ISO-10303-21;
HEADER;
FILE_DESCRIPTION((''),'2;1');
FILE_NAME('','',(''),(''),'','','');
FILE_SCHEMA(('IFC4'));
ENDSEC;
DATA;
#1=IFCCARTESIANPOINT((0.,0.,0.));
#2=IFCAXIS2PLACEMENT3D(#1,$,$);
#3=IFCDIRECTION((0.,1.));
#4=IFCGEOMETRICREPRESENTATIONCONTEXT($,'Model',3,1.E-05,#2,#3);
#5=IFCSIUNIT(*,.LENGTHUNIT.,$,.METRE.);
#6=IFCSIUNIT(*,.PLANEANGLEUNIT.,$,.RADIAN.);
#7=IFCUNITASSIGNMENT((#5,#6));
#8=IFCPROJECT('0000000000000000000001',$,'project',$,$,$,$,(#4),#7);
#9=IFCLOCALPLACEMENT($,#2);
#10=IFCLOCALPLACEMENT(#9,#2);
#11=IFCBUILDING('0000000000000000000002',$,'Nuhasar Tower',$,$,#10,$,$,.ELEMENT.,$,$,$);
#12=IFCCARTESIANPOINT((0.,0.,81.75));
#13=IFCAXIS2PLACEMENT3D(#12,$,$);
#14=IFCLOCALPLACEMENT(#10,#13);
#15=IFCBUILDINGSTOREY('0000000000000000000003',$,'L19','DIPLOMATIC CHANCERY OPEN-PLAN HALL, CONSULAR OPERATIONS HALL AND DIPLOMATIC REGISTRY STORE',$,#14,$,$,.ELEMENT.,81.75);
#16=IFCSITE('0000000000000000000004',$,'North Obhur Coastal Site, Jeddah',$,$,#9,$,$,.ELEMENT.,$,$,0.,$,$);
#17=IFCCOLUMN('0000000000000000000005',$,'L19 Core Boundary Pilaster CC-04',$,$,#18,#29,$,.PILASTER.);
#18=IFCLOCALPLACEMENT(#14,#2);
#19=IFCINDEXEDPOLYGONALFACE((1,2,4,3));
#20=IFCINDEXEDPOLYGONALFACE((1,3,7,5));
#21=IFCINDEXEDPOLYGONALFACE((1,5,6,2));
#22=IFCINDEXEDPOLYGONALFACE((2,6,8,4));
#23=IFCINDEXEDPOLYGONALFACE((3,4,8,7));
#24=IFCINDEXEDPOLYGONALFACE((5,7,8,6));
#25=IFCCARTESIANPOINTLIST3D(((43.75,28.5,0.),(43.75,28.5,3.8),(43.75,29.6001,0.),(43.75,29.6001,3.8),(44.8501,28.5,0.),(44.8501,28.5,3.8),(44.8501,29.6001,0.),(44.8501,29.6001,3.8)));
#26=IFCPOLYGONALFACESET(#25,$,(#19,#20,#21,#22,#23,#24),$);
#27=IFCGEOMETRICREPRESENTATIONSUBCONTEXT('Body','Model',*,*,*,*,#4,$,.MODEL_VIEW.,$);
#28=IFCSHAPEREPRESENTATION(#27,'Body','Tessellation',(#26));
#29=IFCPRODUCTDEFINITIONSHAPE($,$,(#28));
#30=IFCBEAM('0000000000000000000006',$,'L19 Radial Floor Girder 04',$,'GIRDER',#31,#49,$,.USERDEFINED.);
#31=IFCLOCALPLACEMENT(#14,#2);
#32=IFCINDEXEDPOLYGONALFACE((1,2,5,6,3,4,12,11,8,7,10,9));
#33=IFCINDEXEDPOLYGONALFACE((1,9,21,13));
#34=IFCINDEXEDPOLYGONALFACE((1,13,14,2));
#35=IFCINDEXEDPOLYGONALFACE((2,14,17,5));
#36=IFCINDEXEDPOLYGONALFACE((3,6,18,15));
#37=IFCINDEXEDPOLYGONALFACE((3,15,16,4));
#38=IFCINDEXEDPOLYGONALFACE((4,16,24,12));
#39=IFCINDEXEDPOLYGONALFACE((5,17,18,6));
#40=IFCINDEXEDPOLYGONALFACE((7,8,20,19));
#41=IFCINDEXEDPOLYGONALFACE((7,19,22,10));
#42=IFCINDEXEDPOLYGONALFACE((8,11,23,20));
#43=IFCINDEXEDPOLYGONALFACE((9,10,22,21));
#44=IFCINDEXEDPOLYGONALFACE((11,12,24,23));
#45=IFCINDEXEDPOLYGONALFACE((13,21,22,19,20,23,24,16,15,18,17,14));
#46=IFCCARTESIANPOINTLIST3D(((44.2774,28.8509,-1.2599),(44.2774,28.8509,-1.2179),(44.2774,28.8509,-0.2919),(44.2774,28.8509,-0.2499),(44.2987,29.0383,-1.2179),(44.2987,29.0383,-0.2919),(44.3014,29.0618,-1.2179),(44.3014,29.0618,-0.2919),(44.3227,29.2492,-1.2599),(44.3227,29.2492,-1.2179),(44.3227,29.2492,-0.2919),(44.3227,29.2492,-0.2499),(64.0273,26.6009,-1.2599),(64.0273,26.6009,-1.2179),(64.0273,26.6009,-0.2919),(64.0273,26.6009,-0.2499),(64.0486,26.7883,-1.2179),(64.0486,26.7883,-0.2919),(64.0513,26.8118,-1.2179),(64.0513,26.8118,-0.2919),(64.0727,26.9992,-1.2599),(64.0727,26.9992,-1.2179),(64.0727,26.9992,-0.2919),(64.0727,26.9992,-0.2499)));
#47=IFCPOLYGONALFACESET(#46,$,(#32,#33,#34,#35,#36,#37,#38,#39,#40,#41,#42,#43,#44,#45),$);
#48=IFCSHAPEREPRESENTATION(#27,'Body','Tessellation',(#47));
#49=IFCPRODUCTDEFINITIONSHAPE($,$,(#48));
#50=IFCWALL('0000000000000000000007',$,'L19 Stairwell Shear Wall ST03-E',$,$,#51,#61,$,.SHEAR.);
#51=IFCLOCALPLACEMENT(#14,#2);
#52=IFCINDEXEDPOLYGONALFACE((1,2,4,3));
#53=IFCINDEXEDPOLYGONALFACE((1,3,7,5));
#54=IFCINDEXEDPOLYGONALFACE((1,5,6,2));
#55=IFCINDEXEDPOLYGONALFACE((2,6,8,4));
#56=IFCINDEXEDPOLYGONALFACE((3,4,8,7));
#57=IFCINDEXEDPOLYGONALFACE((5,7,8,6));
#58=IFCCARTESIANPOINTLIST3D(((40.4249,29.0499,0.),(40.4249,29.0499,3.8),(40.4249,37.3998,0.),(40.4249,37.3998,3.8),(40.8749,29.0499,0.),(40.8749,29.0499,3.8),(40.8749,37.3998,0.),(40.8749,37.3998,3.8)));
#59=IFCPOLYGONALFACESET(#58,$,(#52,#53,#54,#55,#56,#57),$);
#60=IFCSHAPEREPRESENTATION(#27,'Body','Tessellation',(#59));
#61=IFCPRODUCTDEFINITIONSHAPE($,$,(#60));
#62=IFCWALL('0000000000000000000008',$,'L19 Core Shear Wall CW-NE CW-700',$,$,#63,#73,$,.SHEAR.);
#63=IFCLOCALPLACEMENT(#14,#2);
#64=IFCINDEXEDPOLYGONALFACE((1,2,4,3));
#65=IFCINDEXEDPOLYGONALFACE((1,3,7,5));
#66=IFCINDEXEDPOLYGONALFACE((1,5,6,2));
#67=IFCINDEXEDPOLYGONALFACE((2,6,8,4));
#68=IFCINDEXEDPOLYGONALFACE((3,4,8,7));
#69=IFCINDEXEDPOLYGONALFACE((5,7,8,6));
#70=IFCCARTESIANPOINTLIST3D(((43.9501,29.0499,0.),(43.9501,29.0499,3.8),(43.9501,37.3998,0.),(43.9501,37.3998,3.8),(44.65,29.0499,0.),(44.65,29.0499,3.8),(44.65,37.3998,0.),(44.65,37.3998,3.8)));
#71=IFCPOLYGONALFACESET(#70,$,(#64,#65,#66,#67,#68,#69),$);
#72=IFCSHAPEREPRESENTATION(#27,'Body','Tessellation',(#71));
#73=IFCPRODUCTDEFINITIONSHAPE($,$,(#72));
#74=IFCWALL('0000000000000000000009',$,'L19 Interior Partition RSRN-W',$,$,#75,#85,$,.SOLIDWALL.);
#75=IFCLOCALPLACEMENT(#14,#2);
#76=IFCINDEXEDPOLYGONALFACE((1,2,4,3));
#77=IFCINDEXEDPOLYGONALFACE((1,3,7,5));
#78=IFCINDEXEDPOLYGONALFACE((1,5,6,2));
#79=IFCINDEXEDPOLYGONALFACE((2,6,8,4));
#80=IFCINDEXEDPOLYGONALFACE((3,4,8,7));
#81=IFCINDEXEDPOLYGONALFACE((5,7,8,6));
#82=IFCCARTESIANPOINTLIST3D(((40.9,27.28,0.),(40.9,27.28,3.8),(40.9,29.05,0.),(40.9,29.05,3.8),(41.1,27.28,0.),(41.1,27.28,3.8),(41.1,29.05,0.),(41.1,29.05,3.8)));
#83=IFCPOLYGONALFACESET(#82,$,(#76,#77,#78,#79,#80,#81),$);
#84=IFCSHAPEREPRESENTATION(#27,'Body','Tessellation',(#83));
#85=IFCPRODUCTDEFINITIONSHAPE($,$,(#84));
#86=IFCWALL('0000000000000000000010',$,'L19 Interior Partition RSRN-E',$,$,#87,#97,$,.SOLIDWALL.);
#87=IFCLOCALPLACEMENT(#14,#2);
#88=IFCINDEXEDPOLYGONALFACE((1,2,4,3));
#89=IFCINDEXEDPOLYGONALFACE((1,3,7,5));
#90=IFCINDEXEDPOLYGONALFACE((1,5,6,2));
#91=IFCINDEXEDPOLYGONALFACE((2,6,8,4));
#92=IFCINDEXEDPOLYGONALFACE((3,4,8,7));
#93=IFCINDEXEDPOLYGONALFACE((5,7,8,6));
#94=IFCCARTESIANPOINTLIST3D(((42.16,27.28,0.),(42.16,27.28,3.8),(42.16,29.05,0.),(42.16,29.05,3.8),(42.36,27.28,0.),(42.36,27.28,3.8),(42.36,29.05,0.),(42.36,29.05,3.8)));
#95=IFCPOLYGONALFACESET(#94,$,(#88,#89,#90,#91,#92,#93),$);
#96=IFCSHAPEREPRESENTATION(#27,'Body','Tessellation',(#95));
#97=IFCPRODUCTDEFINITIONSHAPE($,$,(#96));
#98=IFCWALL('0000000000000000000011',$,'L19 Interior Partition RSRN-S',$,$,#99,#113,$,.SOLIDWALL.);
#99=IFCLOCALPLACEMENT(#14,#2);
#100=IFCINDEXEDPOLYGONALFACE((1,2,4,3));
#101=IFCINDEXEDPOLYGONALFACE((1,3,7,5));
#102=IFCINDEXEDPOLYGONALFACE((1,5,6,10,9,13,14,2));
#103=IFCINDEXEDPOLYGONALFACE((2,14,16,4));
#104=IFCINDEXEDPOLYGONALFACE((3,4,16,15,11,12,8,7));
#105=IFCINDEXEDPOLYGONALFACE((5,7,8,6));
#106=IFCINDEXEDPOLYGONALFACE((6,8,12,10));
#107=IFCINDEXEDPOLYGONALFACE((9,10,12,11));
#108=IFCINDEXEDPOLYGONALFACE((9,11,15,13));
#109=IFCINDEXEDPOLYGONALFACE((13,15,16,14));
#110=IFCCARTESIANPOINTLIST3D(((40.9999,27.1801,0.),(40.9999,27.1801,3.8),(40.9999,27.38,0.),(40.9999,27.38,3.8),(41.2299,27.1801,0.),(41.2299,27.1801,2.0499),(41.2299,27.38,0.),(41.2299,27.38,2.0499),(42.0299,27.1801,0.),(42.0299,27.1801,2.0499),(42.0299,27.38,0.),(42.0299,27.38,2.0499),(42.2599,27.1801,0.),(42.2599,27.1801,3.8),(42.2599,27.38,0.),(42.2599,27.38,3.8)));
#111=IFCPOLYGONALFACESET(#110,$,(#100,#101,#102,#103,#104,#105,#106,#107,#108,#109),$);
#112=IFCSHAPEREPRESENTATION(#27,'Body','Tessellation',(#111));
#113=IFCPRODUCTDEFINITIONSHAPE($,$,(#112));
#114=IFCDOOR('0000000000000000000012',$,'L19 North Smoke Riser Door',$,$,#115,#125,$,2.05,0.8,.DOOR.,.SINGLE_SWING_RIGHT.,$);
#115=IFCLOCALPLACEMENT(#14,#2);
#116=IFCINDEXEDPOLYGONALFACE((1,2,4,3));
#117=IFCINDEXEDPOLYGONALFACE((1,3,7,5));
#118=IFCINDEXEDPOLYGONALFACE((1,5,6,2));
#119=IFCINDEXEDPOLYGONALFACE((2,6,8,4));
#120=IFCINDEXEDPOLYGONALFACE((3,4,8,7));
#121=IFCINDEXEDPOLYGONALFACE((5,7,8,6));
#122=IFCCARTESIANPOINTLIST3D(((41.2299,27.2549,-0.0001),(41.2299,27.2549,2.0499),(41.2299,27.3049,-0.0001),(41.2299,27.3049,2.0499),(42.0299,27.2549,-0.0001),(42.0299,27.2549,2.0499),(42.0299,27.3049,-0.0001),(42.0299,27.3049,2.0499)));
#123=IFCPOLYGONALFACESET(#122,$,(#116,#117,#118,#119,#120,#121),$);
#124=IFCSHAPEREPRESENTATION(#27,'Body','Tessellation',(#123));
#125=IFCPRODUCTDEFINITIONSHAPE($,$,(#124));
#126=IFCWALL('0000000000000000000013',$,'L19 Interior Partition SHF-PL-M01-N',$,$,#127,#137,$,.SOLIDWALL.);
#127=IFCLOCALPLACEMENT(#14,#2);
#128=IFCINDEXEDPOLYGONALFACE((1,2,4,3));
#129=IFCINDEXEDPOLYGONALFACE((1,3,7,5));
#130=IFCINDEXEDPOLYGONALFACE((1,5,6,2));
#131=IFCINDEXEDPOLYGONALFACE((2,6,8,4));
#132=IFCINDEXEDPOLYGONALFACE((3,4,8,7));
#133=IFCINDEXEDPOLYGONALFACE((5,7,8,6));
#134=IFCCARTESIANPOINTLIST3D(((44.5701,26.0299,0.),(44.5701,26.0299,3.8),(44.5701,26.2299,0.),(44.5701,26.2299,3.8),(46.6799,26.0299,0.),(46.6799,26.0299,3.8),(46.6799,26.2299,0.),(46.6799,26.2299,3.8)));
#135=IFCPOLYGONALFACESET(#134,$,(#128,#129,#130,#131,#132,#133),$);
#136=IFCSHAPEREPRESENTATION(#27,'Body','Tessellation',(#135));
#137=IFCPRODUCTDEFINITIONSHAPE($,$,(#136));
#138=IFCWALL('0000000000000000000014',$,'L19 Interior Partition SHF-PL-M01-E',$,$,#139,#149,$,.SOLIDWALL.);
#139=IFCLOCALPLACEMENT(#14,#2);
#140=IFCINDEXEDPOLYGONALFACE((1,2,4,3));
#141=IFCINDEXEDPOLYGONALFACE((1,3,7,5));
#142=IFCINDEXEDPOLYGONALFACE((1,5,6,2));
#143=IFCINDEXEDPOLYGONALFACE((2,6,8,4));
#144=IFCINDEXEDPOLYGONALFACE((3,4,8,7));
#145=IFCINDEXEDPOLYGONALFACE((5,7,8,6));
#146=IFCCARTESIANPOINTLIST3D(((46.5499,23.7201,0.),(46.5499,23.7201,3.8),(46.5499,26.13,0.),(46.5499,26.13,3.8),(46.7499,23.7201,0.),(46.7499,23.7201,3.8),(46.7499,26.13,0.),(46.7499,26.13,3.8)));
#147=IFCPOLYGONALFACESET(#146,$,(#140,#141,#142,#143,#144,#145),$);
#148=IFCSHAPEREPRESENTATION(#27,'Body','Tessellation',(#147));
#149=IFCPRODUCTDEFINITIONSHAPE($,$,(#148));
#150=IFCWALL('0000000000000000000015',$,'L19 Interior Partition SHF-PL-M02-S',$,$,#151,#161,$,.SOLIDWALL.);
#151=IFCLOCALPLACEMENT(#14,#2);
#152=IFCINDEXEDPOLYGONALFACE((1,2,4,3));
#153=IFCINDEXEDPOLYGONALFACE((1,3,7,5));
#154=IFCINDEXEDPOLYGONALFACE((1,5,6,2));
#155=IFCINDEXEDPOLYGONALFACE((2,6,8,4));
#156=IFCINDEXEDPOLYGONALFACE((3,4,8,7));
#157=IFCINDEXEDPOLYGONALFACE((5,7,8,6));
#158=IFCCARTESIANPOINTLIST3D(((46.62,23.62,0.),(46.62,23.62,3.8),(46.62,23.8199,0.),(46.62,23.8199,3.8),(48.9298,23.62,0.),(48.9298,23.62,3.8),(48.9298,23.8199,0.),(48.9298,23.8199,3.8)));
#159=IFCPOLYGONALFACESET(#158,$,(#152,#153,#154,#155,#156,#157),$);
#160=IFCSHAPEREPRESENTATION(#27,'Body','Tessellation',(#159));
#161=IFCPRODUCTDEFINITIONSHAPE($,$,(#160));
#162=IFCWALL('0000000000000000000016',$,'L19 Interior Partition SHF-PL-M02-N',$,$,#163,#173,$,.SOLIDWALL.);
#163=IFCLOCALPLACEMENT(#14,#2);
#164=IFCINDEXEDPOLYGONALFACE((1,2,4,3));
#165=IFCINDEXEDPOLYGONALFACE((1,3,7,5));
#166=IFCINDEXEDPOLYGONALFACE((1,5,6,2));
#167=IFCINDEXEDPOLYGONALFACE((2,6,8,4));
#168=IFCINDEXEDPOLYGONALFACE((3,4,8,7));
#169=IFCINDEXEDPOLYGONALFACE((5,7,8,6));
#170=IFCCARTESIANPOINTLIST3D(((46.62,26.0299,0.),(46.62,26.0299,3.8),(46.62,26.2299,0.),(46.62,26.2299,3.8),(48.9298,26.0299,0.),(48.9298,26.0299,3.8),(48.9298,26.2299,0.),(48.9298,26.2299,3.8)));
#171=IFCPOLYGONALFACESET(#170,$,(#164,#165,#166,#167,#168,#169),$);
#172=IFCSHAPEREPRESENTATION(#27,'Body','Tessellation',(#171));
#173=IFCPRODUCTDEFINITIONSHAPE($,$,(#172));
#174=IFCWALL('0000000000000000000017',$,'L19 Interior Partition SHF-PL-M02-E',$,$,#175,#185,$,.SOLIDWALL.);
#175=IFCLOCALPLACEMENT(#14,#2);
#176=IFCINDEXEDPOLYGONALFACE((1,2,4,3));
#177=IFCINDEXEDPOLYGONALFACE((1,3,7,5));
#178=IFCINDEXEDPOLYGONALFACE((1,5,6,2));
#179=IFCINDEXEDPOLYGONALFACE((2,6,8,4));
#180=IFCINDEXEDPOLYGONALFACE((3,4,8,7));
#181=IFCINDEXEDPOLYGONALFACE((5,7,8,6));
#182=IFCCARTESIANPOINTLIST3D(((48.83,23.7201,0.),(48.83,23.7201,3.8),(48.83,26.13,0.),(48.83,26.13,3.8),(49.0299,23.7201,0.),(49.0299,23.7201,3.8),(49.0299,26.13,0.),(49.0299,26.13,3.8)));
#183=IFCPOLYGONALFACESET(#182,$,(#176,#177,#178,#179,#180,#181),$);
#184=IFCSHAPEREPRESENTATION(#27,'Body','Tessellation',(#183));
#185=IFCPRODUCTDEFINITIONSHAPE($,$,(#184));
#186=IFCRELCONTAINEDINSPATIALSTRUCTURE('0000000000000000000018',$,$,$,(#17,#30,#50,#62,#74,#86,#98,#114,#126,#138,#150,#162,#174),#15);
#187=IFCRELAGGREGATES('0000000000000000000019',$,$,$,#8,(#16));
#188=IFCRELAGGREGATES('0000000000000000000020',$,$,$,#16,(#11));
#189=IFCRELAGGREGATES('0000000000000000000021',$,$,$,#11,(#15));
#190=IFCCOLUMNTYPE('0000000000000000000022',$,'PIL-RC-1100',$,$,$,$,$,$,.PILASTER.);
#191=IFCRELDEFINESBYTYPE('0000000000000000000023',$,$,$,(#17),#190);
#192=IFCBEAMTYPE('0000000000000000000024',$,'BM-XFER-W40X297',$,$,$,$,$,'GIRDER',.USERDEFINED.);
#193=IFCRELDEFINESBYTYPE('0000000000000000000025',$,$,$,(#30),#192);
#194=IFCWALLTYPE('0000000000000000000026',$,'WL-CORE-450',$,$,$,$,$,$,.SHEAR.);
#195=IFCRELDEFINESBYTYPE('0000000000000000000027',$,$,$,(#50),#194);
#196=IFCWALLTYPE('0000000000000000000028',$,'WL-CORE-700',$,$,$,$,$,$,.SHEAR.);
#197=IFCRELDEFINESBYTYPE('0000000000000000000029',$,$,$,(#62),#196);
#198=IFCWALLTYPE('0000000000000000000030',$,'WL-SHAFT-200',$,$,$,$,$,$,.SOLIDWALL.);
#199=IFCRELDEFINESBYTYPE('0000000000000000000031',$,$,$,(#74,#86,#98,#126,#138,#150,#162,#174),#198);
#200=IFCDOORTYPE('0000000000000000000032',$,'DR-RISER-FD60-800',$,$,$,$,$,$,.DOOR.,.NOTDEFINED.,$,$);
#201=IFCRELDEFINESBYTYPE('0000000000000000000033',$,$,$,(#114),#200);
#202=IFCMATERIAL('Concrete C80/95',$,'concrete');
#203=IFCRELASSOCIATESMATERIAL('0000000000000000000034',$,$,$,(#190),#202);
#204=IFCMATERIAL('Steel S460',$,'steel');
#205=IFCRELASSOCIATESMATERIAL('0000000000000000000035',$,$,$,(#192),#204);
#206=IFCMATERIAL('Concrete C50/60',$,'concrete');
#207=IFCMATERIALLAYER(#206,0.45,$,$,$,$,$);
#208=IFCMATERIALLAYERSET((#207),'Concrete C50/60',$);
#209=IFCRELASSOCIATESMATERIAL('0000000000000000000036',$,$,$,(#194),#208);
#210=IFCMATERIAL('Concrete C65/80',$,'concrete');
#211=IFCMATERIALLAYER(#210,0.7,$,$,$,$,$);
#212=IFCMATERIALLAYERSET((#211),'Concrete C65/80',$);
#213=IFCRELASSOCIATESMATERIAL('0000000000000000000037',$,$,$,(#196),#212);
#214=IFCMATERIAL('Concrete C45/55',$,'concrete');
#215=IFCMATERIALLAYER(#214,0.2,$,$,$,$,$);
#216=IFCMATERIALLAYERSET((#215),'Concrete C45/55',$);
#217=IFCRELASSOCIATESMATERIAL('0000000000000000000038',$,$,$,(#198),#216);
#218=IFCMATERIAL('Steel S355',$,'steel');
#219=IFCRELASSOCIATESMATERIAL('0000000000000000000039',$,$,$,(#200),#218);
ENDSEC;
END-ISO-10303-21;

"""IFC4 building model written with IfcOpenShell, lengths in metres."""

from ifc_helpers import new_model, si_unit, direction, frame, frame_2d, origin, origin_2d, place, context, subcontext, project, spatial, rectangle, i_section, extrude, material, layer, layer_set, material_profile, profile_set, type_object, element, fill, save


model = new_model("IFC4")

# Units and contexts
model_context = context("Model", 3, precision=1e-05, world=origin(), true_north=direction((0.0, 1.0)))
body_context = subcontext(model_context, "Body", "Model", "MODEL_VIEW")
ifc_project = project(units=[si_unit("LENGTHUNIT", "METRE"), si_unit("PLANEANGLEUNIT", "RADIAN")], contexts=[model_context])

# Site, building, storey
site_placement = place(None, origin())
site = spatial("IfcSite", under=ifc_project, at=site_placement, Name="North Obhur Coastal Site, Jeddah", CompositionType="ELEMENT", RefElevation=0.0)
building_placement = place(site_placement, origin())
building = spatial("IfcBuilding", under=site, at=building_placement, Name="Nuhasar Tower", CompositionType="ELEMENT")
storey_placement = place(building_placement, frame((0.0, 0.0, 81.75)))
storey = spatial("IfcBuildingStorey", under=building, at=storey_placement, Name="L19", Description="DIPLOMATIC CHANCERY OPEN-PLAN HALL, CONSULAR OPERATIONS HALL AND DIPLOMATIC REGISTRY STORE", CompositionType="ELEMENT", Elevation=81.75)

# Column
ifc_material_1 = material(Name="Concrete C80/95", Category="concrete")
ifc_material_profile_1 = material_profile(ifc_material_1, rectangle(XDim=1.1001, YDim=1.1001, at=origin_2d()), Name="RC1100X1100")
ifc_profile_set_1 = profile_set([ifc_material_profile_1], Name="Concrete C80/95")
column_type = type_object("IfcColumnType", Name="PIL-RC-1100", PredefinedType="PILASTER", material=ifc_profile_set_1)
column_placement = place(storey_placement, frame((44.3, 29.05, 0.0), z_axis=(0.0, 0.0, 1.0), x_axis=(1.0, 0.0, 0.0)))
element("IfcColumn", 1, at=column_placement, inside=storey, type_object=column_type, Name="L19 Core Boundary Pilaster CC-04", PredefinedType="PILASTER", context=body_context, shape_type="SweptSolid", body=[
    extrude(rectangle(XDim=1.1001, YDim=1.1001, at=origin_2d()), origin(), (0.0, 0.0, 1.0), 3.8),
])

# Beam
ifc_material_2 = material(Name="Steel S460", Category="steel")
ifc_material_profile_2 = material_profile(ifc_material_2, i_section(OverallWidth=0.4009, OverallDepth=1.01, WebThickness=0.0237, FlangeThickness=0.042, at=origin_2d()), Name="W40X297")
ifc_profile_set_2 = profile_set([ifc_material_profile_2], Name="Steel S460")
beam_type = type_object("IfcBeamType", Name="BM-XFER-W40X297", ElementType="GIRDER", PredefinedType="USERDEFINED", material=ifc_profile_set_2)
beam_placement = place(storey_placement, frame((44.3, 29.05, -0.7549), z_axis=(0.993573, -0.113192, 0.0), x_axis=(0.113192, 0.993573, 0.0)))
element("IfcBeam", 2, at=beam_placement, inside=storey, type_object=beam_type, Name="L19 Radial Floor Girder 04", ObjectType="GIRDER", PredefinedType="USERDEFINED", context=body_context, shape_type="SweptSolid", body=[
    extrude(i_section(OverallWidth=0.4009, OverallDepth=1.01, WebThickness=0.0237, FlangeThickness=0.042, at=origin_2d()), origin(), (0.0, 0.0, 1.0), 19.8777),
])

# Walls
ifc_material_3 = material(Name="Concrete C50/60", Category="concrete")
ifc_layer_1 = layer(ifc_material_3, 0.45)
ifc_layer_set_1 = layer_set([ifc_layer_1], Name="Concrete C50/60")
wall_type_1 = type_object("IfcWallType", Name="WL-CORE-450", PredefinedType="SHEAR", material=ifc_layer_set_1)
wall_1_placement = place(storey_placement, frame((40.6499, 29.05, 0.0), z_axis=(0.0, 0.0, 1.0), x_axis=(0.0, 1.0, 0.0)))
element("IfcWall", 3, at=wall_1_placement, inside=storey, type_object=wall_type_1, Name="L19 Stairwell Shear Wall ST03-E", PredefinedType="SHEAR", context=body_context, shape_type="SweptSolid", body=[
    extrude(rectangle(XDim=8.3499, YDim=0.45, at=frame_2d((4.1748, 0.0))), origin(), (0.0, 0.0, 1.0), 3.8),
])
ifc_material_4 = material(Name="Concrete C65/80", Category="concrete")
ifc_layer_2 = layer(ifc_material_4, 0.7)
ifc_layer_set_2 = layer_set([ifc_layer_2], Name="Concrete C65/80")
wall_type_2 = type_object("IfcWallType", Name="WL-CORE-700", PredefinedType="SHEAR", material=ifc_layer_set_2)
wall_2_placement = place(storey_placement, frame((44.3, 29.05, 0.0), z_axis=(0.0, 0.0, 1.0), x_axis=(0.0, 1.0, 0.0)))
element("IfcWall", 4, at=wall_2_placement, inside=storey, type_object=wall_type_2, Name="L19 Core Shear Wall CW-NE CW-700", PredefinedType="SHEAR", context=body_context, shape_type="SweptSolid", body=[
    extrude(rectangle(XDim=8.3499, YDim=0.7, at=frame_2d((4.1748, 0.0))), origin(), (0.0, 0.0, 1.0), 3.8),
])
ifc_material_5 = material(Name="Concrete C45/55", Category="concrete")
ifc_layer_3 = layer(ifc_material_5, 0.2)
ifc_layer_set_3 = layer_set([ifc_layer_3], Name="Concrete C45/55")
wall_type_3 = type_object("IfcWallType", Name="WL-SHAFT-200", PredefinedType="SOLIDWALL", material=ifc_layer_set_3)
for number, where, z_axis, x_axis, name in (
    (5, (41.0, 27.28, 0.0), (0.0, 0.0, 1.0), (0.0, 1.0, 0.0), "L19 Interior Partition RSRN-W"),
    (6, (42.26, 27.28, 0.0), (0.0, 0.0, 1.0), (0.0, 1.0, 0.0), "L19 Interior Partition RSRN-E"),
):
    element("IfcWall", number, at=place(storey_placement, frame(where, z_axis=z_axis, x_axis=x_axis)), inside=storey, type_object=wall_type_3, Name=name, PredefinedType="SOLIDWALL", context=body_context, shape_type="SweptSolid", body=[
        extrude(rectangle(XDim=1.77, YDim=0.2, at=frame_2d((0.885, 0.0))), origin(), (0.0, 0.0, 1.0), 3.8),
    ])

# Wall, opening, door
wall_3_placement = place(storey_placement, frame((41.0, 27.28, 0.0), z_axis=(0.0, 0.0, 1.0), x_axis=(1.0, 0.0, 0.0)))
wall_3 = element("IfcWall", 7, at=wall_3_placement, inside=storey, type_object=wall_type_3, Name="L19 Interior Partition RSRN-S", PredefinedType="SOLIDWALL", context=body_context, shape_type="SweptSolid", body=[
    extrude(rectangle(XDim=1.26, YDim=0.2, at=frame_2d((0.6299, 0.0))), origin(), (0.0, 0.0, 1.0), 3.8),
])
opening_1_placement = place(wall_3_placement, frame((0.23, 0.0, 0.0)))
opening_1 = element("IfcOpeningElement", 8, at=opening_1_placement, cuts=wall_3, PredefinedType="OPENING", context=body_context, shape_type="SweptSolid", body=[
    extrude(rectangle(XDim=0.8, YDim=2.05, at=frame_2d((0.3999, 1.0249))), frame((0.0, 0.1099, 0.0), z_axis=(0.0, -1.0, 0.0), x_axis=(1.0, 0.0, 0.0)), (0.0, 0.0, 1.0), 0.22),
])
ifc_material_6 = material(Name="Steel S355", Category="steel")
door_type = type_object("IfcDoorType", Name="DR-RISER-FD60-800", OperationType="NOTDEFINED", PredefinedType="DOOR", material=ifc_material_6)
door_1_placement = place(opening_1_placement, origin())
door_1 = element("IfcDoor", 9, at=door_1_placement, inside=storey, type_object=door_type, Name="L19 North Smoke Riser Door", OperationType="SINGLE_SWING_RIGHT", OverallHeight=2.05, OverallWidth=0.8, PredefinedType="DOOR", context=body_context, shape_type="SweptSolid", body=[
    extrude(rectangle(XDim=0.8, YDim=2.05, at=frame_2d((0.3999, 1.0249))), frame((0.0, 0.0249, 0.0), z_axis=(0.0, -1.0, 0.0), x_axis=(1.0, 0.0, 0.0)), (0.0, 0.0, 1.0), 0.05),
])
fill(opening_1, door_1)

# Walls
wall_4_placement = place(storey_placement, frame((44.5701, 26.1299, 0.0), z_axis=(0.0, 0.0, 1.0), x_axis=(1.0, 0.0, 0.0)))
element("IfcWall", 10, at=wall_4_placement, inside=storey, type_object=wall_type_3, Name="L19 Interior Partition SHF-PL-M01-N", PredefinedType="SOLIDWALL", context=body_context, shape_type="SweptSolid", body=[
    extrude(rectangle(XDim=2.1099, YDim=0.2, at=frame_2d((1.0549, 0.0))), origin(), (0.0, 0.0, 1.0), 3.8),
])
wall_5_placement = place(storey_placement, frame((46.6499, 23.72, 0.0), z_axis=(0.0, 0.0, 1.0), x_axis=(0.0, 1.0, 0.0)))
element("IfcWall", 11, at=wall_5_placement, inside=storey, type_object=wall_type_3, Name="L19 Interior Partition SHF-PL-M01-E", PredefinedType="SOLIDWALL", context=body_context, shape_type="SweptSolid", body=[
    extrude(rectangle(XDim=2.4099, YDim=0.2, at=frame_2d((1.2051, 0.0))), origin(), (0.0, 0.0, 1.0), 3.8),
])
for number, where, z_axis, x_axis, name in (
    (12, (46.6201, 23.72, 0.0), (0.0, 0.0, 1.0), (1.0, 0.0, 0.0), "L19 Interior Partition SHF-PL-M02-S"),
    (13, (46.6201, 26.1299, 0.0), (0.0, 0.0, 1.0), (1.0, 0.0, 0.0), "L19 Interior Partition SHF-PL-M02-N"),
):
    element("IfcWall", number, at=place(storey_placement, frame(where, z_axis=z_axis, x_axis=x_axis)), inside=storey, type_object=wall_type_3, Name=name, PredefinedType="SOLIDWALL", context=body_context, shape_type="SweptSolid", body=[
        extrude(rectangle(XDim=2.3098, YDim=0.2, at=frame_2d((1.1548, 0.0))), origin(), (0.0, 0.0, 1.0), 3.8),
    ])
wall_6_placement = place(storey_placement, frame((48.9299, 23.72, 0.0), z_axis=(0.0, 0.0, 1.0), x_axis=(0.0, 1.0, 0.0)))
element("IfcWall", 14, at=wall_6_placement, inside=storey, type_object=wall_type_3, Name="L19 Interior Partition SHF-PL-M02-E", PredefinedType="SOLIDWALL", context=body_context, shape_type="SweptSolid", body=[
    extrude(rectangle(XDim=2.4099, YDim=0.2, at=frame_2d((1.2051, 0.0))), origin(), (0.0, 0.0, 1.0), 3.8),
])

save(model, "model.ifc")
